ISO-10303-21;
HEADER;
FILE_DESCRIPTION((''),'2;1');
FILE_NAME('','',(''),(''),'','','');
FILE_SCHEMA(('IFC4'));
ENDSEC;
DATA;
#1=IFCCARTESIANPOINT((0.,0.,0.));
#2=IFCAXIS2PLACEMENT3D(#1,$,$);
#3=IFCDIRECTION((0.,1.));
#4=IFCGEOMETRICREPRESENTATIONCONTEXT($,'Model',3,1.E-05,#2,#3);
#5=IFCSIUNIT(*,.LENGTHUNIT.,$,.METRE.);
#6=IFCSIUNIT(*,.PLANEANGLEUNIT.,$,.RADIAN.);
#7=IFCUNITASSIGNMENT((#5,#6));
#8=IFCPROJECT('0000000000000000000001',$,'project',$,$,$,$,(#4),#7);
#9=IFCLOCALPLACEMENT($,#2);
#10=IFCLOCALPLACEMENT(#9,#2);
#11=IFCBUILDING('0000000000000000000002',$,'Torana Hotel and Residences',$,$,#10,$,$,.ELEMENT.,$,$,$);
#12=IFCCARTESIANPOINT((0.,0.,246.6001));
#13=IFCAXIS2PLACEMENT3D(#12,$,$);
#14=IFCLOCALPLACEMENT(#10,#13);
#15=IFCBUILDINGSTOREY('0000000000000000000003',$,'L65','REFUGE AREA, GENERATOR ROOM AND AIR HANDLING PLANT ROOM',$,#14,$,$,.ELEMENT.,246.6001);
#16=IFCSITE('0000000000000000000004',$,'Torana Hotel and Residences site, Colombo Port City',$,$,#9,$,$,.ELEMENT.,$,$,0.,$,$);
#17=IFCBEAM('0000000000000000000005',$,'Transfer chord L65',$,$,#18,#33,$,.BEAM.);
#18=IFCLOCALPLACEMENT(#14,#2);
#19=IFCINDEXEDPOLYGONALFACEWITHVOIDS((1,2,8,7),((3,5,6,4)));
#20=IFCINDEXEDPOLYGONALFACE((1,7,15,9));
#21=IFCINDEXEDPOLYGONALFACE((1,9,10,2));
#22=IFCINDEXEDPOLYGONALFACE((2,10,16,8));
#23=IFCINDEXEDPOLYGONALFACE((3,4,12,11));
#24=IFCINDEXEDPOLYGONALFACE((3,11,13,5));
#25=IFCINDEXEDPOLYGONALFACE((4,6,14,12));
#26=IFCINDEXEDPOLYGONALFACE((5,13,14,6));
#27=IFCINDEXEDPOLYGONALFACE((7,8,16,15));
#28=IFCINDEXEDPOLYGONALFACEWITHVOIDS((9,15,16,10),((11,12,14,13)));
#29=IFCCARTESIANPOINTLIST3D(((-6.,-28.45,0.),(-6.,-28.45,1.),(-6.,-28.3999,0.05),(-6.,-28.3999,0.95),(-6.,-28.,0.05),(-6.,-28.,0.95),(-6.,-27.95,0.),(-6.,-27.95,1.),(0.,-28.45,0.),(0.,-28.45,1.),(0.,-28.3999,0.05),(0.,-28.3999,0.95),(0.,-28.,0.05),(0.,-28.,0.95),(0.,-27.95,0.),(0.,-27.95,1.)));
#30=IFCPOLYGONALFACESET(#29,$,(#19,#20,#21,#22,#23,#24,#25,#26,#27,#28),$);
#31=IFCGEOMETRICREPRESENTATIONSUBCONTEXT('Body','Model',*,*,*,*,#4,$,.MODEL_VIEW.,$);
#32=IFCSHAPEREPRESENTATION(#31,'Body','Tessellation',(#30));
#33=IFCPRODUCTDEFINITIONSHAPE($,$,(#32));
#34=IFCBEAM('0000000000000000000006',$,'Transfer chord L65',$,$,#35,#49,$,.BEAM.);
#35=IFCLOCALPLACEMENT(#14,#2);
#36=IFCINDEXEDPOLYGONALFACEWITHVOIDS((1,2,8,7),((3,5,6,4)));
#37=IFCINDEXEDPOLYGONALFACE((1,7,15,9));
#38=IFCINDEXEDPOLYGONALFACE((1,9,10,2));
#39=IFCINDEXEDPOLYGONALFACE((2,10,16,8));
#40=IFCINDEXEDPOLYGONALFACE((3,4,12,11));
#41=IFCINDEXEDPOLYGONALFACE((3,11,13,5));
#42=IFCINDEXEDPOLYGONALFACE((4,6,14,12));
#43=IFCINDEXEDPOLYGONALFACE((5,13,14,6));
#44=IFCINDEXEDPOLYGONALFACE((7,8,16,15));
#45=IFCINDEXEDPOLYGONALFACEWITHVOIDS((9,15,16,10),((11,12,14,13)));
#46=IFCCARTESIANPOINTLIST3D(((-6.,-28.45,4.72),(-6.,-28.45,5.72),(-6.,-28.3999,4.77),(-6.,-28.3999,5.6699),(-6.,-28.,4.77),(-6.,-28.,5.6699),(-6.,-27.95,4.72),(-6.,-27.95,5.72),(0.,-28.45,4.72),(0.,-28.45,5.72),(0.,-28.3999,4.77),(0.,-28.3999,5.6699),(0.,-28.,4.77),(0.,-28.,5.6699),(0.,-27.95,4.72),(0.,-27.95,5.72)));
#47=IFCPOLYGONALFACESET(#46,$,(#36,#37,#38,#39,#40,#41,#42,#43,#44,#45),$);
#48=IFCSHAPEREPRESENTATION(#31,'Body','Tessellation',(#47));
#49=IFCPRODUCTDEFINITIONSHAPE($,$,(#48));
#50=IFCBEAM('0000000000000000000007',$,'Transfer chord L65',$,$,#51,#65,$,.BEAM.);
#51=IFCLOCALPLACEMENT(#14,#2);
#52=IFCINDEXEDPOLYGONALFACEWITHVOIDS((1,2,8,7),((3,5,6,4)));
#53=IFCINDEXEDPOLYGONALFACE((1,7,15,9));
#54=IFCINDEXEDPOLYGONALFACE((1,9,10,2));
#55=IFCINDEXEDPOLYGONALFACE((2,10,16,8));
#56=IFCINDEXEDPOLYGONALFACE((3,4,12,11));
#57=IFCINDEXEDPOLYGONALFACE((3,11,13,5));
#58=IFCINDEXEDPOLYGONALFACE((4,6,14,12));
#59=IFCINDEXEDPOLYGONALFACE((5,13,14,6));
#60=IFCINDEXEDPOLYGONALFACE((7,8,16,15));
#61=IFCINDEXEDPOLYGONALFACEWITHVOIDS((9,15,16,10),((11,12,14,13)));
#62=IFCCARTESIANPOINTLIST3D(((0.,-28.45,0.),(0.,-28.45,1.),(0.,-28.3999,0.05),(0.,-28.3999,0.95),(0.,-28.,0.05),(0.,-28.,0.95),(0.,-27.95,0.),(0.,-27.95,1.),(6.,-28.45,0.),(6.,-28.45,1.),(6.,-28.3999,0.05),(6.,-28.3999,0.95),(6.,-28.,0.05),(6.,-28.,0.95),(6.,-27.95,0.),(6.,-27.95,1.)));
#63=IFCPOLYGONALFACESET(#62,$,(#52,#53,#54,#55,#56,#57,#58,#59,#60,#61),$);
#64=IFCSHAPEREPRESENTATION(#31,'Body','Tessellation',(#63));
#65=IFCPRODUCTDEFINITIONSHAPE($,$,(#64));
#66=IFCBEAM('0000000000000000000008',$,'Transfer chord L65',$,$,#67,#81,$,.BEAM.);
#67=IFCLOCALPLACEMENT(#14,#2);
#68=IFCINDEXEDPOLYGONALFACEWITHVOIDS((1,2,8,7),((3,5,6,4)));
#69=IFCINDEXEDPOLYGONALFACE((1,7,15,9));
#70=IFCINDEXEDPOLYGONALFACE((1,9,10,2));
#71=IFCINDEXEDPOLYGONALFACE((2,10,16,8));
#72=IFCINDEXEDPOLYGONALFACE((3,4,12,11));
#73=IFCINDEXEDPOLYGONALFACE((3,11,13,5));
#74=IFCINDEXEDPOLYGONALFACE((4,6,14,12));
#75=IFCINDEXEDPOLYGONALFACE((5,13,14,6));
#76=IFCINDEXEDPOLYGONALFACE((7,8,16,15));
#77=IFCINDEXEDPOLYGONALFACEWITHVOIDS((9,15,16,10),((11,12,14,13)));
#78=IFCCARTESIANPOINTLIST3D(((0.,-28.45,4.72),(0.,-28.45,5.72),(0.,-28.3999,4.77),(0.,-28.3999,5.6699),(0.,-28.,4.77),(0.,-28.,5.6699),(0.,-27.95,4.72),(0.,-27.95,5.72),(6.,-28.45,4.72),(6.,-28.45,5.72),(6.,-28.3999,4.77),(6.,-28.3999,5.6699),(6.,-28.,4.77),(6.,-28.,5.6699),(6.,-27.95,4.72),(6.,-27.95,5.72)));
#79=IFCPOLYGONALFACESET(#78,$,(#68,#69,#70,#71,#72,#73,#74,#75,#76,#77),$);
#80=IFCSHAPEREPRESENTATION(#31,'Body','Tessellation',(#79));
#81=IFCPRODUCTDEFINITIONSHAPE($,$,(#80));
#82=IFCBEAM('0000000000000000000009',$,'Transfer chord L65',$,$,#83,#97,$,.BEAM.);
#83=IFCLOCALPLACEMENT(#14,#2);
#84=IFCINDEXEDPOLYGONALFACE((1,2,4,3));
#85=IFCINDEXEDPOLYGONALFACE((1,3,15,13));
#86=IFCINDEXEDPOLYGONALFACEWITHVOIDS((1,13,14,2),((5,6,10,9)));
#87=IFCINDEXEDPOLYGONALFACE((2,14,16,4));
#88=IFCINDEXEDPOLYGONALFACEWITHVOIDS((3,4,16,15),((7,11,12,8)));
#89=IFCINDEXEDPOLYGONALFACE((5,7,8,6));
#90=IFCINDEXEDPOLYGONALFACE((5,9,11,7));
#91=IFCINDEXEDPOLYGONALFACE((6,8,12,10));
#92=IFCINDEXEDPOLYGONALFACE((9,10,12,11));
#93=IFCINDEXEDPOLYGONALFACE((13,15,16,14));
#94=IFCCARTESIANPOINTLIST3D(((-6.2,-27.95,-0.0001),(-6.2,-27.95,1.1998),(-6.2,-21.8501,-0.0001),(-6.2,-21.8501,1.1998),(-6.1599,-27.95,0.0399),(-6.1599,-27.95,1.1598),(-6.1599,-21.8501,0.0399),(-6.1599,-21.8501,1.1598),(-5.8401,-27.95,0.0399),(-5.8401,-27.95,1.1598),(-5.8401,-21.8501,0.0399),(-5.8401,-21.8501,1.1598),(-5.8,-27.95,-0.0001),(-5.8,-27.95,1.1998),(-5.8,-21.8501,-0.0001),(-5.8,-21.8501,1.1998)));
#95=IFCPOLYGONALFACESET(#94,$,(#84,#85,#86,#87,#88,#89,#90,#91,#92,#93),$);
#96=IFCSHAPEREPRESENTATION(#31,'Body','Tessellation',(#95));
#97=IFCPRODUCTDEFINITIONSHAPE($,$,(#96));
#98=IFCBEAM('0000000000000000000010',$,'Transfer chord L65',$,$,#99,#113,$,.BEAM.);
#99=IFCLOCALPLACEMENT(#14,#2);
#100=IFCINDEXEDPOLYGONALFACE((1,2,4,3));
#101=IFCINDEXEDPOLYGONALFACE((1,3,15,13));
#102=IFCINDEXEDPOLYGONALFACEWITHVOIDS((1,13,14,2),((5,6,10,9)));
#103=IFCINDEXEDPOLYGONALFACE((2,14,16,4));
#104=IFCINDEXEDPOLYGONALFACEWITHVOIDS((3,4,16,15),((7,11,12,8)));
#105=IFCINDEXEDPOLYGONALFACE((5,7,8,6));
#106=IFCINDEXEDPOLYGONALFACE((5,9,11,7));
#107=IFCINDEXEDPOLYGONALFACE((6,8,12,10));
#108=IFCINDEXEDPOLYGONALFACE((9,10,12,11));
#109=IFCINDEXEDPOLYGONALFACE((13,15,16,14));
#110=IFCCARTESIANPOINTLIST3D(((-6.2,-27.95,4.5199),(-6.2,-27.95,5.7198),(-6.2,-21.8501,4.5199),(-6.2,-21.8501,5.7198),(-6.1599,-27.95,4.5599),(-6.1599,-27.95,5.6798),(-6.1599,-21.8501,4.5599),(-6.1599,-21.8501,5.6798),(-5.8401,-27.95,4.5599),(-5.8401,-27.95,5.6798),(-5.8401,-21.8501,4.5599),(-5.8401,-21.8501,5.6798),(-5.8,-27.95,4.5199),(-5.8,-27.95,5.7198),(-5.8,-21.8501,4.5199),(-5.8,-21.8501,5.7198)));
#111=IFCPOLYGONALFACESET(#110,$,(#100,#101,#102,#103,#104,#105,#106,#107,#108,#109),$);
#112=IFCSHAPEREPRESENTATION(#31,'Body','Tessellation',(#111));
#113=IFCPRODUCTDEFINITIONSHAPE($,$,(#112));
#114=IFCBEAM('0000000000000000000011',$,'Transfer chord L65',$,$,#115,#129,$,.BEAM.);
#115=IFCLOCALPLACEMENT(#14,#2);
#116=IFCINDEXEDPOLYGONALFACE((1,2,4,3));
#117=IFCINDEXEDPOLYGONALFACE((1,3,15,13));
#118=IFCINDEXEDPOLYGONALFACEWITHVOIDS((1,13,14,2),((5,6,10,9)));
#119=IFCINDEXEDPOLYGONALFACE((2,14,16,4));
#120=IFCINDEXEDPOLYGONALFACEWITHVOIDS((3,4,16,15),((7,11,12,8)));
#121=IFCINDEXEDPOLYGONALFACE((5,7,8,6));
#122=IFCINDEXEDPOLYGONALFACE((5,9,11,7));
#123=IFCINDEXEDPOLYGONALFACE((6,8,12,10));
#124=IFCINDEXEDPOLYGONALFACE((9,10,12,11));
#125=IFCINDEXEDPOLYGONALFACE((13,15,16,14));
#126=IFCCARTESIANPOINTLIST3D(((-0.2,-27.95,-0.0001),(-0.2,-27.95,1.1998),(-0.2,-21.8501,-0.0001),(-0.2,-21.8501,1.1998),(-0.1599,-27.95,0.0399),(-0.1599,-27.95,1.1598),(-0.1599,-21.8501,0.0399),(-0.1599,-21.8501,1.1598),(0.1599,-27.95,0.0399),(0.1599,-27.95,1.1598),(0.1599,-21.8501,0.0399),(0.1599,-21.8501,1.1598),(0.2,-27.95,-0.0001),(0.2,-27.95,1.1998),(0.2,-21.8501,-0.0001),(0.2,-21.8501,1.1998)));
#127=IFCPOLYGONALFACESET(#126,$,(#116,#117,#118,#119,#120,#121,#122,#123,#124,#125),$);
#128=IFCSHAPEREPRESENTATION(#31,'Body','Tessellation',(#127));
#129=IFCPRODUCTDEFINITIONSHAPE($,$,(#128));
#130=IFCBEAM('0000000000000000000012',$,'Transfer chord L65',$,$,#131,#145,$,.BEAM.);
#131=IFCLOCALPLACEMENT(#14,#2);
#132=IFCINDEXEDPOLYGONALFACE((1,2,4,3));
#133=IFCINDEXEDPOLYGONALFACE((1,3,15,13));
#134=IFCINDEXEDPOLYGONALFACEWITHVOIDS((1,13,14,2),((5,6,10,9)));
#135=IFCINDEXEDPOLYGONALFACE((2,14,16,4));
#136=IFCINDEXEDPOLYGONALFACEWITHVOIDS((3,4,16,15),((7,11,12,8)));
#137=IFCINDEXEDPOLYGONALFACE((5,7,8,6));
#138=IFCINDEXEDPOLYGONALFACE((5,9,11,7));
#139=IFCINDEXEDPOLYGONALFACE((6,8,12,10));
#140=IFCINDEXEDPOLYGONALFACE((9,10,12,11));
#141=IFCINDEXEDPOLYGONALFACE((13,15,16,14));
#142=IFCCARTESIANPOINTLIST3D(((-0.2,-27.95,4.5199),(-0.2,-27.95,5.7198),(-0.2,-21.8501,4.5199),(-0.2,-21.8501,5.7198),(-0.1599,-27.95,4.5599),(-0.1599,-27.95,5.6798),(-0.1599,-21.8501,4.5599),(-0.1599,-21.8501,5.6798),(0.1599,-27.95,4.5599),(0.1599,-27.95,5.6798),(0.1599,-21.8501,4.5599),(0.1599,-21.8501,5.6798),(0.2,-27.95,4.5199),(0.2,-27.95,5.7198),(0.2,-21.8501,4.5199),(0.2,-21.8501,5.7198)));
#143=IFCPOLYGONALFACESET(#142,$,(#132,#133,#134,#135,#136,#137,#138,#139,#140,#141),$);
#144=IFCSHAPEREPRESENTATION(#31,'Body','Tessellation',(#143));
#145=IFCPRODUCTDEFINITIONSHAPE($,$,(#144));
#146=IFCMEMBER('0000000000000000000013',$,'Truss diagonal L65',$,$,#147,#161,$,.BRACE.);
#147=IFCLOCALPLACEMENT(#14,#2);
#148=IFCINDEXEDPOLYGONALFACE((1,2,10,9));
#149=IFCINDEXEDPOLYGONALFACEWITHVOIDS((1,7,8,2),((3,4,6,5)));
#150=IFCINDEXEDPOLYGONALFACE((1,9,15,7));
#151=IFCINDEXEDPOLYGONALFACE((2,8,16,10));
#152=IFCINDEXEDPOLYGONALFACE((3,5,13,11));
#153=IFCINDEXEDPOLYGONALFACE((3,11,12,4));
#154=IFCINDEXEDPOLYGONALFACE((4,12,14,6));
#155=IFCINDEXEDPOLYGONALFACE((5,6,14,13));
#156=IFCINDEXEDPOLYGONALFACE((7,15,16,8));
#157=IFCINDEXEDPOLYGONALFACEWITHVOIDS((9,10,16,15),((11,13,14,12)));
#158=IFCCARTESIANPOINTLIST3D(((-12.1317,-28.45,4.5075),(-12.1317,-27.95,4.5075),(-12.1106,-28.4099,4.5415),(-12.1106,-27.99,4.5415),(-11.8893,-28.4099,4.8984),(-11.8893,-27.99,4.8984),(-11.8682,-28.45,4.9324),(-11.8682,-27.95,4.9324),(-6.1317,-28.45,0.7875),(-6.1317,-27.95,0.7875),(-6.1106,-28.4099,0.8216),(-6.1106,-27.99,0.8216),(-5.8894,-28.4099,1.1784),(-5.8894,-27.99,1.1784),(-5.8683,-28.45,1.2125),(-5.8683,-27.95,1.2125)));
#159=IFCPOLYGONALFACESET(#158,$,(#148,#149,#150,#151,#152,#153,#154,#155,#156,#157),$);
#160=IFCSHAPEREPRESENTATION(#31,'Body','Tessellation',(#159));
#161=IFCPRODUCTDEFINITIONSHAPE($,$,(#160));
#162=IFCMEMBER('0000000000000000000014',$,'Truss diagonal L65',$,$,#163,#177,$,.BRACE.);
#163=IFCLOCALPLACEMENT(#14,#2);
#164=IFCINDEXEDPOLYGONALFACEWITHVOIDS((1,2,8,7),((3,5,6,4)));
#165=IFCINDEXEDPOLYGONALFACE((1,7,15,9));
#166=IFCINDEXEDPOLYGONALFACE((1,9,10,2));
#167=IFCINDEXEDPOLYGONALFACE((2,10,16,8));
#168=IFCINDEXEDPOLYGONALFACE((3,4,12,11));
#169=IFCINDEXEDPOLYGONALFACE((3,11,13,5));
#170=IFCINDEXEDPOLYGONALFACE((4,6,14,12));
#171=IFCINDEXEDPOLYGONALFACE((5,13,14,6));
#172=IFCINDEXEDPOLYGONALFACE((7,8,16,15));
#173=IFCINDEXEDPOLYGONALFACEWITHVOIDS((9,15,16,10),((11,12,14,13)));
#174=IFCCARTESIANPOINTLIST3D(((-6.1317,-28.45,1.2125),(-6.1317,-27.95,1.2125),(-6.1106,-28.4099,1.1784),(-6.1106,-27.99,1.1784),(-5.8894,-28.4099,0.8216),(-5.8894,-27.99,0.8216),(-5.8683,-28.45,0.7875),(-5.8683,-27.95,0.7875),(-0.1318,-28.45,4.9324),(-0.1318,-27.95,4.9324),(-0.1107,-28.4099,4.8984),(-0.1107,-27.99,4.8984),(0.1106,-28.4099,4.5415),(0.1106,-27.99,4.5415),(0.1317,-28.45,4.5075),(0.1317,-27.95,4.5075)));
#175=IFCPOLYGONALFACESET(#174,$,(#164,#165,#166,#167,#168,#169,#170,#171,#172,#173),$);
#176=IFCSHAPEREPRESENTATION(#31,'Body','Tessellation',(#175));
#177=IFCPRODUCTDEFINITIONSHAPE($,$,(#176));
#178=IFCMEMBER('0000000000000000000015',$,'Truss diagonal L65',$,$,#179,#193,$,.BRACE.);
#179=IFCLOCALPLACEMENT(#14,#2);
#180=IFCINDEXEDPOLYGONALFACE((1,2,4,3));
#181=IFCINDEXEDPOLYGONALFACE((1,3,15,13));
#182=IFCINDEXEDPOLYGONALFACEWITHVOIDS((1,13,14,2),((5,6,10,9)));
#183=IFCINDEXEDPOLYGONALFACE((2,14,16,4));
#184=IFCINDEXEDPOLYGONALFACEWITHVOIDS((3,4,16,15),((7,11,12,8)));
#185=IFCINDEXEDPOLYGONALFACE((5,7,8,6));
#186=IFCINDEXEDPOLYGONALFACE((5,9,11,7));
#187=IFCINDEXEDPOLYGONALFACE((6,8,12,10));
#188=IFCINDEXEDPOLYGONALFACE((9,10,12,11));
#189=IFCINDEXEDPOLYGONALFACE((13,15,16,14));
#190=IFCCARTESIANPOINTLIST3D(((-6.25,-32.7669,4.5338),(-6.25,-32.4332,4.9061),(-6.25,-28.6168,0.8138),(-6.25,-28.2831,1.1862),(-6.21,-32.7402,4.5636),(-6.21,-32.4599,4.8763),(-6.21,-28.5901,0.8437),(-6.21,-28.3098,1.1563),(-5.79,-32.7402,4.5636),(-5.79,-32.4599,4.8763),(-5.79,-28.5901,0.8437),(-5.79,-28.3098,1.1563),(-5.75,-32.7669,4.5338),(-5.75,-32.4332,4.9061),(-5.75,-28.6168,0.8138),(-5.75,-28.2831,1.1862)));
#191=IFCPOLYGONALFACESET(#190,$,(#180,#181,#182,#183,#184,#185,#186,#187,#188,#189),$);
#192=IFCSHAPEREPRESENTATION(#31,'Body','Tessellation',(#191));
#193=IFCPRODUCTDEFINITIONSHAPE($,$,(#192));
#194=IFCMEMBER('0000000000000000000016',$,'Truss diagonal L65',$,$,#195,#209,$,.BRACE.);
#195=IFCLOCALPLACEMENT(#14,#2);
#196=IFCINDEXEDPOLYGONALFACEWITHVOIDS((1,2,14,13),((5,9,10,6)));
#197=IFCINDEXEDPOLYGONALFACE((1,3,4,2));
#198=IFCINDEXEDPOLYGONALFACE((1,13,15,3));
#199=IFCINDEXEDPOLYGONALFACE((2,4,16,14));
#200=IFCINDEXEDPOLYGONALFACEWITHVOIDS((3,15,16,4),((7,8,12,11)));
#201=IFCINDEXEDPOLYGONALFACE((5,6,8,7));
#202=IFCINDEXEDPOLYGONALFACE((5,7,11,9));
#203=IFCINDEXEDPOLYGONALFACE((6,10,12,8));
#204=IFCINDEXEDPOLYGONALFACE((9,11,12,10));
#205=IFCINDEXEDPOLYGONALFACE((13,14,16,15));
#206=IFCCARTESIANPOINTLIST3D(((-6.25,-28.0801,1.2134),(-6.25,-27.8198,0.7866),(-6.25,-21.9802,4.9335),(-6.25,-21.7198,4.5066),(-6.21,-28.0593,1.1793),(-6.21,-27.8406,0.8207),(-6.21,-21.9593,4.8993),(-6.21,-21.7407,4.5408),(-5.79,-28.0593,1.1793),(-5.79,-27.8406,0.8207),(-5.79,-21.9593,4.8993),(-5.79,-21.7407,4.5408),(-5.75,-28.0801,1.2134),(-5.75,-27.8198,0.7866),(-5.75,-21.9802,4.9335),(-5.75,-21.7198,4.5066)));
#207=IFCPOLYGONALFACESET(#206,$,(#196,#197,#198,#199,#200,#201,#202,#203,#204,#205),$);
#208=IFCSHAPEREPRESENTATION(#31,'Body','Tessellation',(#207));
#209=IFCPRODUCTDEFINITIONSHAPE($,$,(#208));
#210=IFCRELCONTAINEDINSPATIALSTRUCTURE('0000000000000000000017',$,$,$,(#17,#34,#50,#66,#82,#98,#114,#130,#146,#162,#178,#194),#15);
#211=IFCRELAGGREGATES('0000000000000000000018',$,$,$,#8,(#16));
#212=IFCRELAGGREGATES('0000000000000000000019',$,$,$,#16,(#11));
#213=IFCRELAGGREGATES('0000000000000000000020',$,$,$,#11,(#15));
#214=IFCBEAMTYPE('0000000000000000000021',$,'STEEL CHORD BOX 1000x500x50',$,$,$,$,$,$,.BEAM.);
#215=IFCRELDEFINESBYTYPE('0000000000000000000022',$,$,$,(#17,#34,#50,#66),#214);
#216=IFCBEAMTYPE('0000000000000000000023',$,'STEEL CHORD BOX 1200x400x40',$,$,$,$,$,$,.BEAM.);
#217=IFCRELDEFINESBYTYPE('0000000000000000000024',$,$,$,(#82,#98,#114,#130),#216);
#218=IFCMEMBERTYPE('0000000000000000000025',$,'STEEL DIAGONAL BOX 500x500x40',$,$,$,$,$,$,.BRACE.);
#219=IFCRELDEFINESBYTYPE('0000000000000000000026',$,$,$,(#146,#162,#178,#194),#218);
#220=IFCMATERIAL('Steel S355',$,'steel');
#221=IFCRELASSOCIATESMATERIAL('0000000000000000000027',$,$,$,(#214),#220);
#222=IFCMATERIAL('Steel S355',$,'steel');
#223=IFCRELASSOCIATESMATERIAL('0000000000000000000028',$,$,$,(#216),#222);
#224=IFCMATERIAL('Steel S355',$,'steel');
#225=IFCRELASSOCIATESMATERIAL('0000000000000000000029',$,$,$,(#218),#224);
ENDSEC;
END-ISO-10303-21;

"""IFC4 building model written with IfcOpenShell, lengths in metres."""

from ifc_helpers import new_model, si_unit, direction, frame, origin, origin_2d, place, context, subcontext, project, spatial, hollow_rectangle, extrude, material, material_profile, profile_set, type_object, element, save


model = new_model("IFC4")

# Units and contexts
model_context = context("Model", 3, precision=1e-05, world=origin(), true_north=direction((0.0, 1.0)))
body_context = subcontext(model_context, "Body", "Model", "MODEL_VIEW")
ifc_project = project(units=[si_unit("LENGTHUNIT", "METRE"), si_unit("PLANEANGLEUNIT", "RADIAN")], contexts=[model_context])

# Site, building, storey
site_placement = place(None, origin())
site = spatial("IfcSite", under=ifc_project, at=site_placement, Name="Torana Hotel and Residences site, Colombo Port City", CompositionType="ELEMENT", RefElevation=0.0)
building_placement = place(site_placement, origin())
building = spatial("IfcBuilding", under=site, at=building_placement, Name="Torana Hotel and Residences", CompositionType="ELEMENT")
storey_placement = place(building_placement, frame((0.0, 0.0, 246.6001)))
storey = spatial("IfcBuildingStorey", under=building, at=storey_placement, Name="L65", Description="REFUGE AREA, GENERATOR ROOM AND AIR HANDLING PLANT ROOM", CompositionType="ELEMENT", Elevation=246.6001)

# Beams
ifc_material_1 = material(Name="Steel S355", Category="steel")
ifc_material_profile_1 = material_profile(ifc_material_1, hollow_rectangle(XDim=0.5, YDim=1.0, WallThickness=0.05, at=origin_2d()), Name="BOX 1000x500x50")
ifc_profile_set_1 = profile_set([ifc_material_profile_1], Name="Steel S355")
beam_type_1 = type_object("IfcBeamType", Name="STEEL CHORD BOX 1000x500x50", PredefinedType="BEAM", material=ifc_profile_set_1)
for number, where, z_axis, x_axis, name in (
    (1, (-6.0, -28.2, 0.5), (1.0, 0.0, 0.0), (0.0, 1.0, 0.0), "Transfer chord L65"),
    (2, (-6.0, -28.2, 5.22), (1.0, 0.0, 0.0), (0.0, 1.0, 0.0), "Transfer chord L65"),
    (3, (0.0, -28.2, 0.5), (1.0, 0.0, 0.0), (0.0, 1.0, 0.0), "Transfer chord L65"),
    (4, (0.0, -28.2, 5.22), (1.0, 0.0, 0.0), (0.0, 1.0, 0.0), "Transfer chord L65"),
):
    element("IfcBeam", number, at=place(storey_placement, frame(where, z_axis=z_axis, x_axis=x_axis)), inside=storey, type_object=beam_type_1, Name=name, PredefinedType="BEAM", context=body_context, shape_type="SweptSolid", body=[
        extrude(hollow_rectangle(XDim=0.5, YDim=1.0, WallThickness=0.05, at=origin_2d()), origin(), (0.0, 0.0, 1.0), 6.0),
    ])
ifc_material_2 = material(Name="Steel S355", Category="steel")
ifc_material_profile_2 = material_profile(ifc_material_2, hollow_rectangle(XDim=0.3999, YDim=1.2, WallThickness=0.04, at=origin_2d()), Name="BOX 1200x400x40")
ifc_profile_set_2 = profile_set([ifc_material_profile_2], Name="Steel S355")
beam_type_2 = type_object("IfcBeamType", Name="STEEL CHORD BOX 1200x400x40", PredefinedType="BEAM", material=ifc_profile_set_2)
for number, where, z_axis, x_axis, name in (
    (5, (-6.0, -27.95, 0.5999), (0.0, 1.0, 0.0), (-1.0, 0.0, 0.0), "Transfer chord L65"),
    (6, (-6.0, -27.95, 5.1199), (0.0, 1.0, 0.0), (-1.0, 0.0, 0.0), "Transfer chord L65"),
    (7, (0.0, -27.95, 0.5999), (0.0, 1.0, 0.0), (-1.0, 0.0, 0.0), "Transfer chord L65"),
    (8, (0.0, -27.95, 5.1199), (0.0, 1.0, 0.0), (-1.0, 0.0, 0.0), "Transfer chord L65"),
):
    element("IfcBeam", number, at=place(storey_placement, frame(where, z_axis=z_axis, x_axis=x_axis)), inside=storey, type_object=beam_type_2, Name=name, PredefinedType="BEAM", context=body_context, shape_type="SweptSolid", body=[
        extrude(hollow_rectangle(XDim=0.3999, YDim=1.2, WallThickness=0.04, at=origin_2d()), origin(), (0.0, 0.0, 1.0), 6.0999),
    ])

# Members
ifc_material_3 = material(Name="Steel S355", Category="steel")
ifc_material_profile_3 = material_profile(ifc_material_3, hollow_rectangle(XDim=0.5, YDim=0.5, WallThickness=0.04, at=origin_2d()), Name="BOX 500x500x40")
ifc_profile_set_3 = profile_set([ifc_material_profile_3], Name="Steel S355")
member_type_1 = type_object("IfcMemberType", Name="STEEL DIAGONAL BOX 500x500x40", PredefinedType="BRACE", material=ifc_profile_set_3)
for number, where, z_axis, x_axis, name in (
    (9, (-6.0, -28.2, 1.0), (-0.849905, 0.0, 0.526937), (0.0, -1.0, 0.0), "Truss diagonal L65"),
    (10, (-6.0, -28.2, 1.0), (0.849905, 0.0, 0.526937), (0.0, 1.0, 0.0), "Truss diagonal L65"),
):
    element("IfcMember", number, at=place(storey_placement, frame(where, z_axis=z_axis, x_axis=x_axis)), inside=storey, type_object=member_type_1, Name=name, PredefinedType="BRACE", context=body_context, shape_type="SweptSolid", body=[
        extrude(hollow_rectangle(XDim=0.5, YDim=0.5, WallThickness=0.04, at=origin_2d()), origin(), (0.0, 0.0, 1.0), 7.0596),
    ])
member_placement = place(storey_placement, frame((-6.0, -28.45, 1.0), z_axis=(0.0, -0.744645, 0.66746), x_axis=(1.0, 0.0, 0.0)))
element("IfcMember", 11, at=member_placement, inside=storey, type_object=member_type_1, Name="Truss diagonal L65", PredefinedType="BRACE", context=body_context, shape_type="SweptSolid", body=[
    extrude(hollow_rectangle(XDim=0.5, YDim=0.5, WallThickness=0.04, at=origin_2d()), origin(), (0.0, 0.0, 1.0), 5.5732),
])
for number, where, z_axis, x_axis, name in (
    (12, (-6.0, -27.95, 1.0), (0.0, 0.853762, 0.520663), (-1.0, 0.0, 0.0), "Truss diagonal L65"),
):
    element("IfcMember", number, at=place(storey_placement, frame(where, z_axis=z_axis, x_axis=x_axis)), inside=storey, type_object=member_type_1, Name=name, PredefinedType="BRACE", context=body_context, shape_type="SweptSolid", body=[
        extrude(hollow_rectangle(XDim=0.5, YDim=0.5, WallThickness=0.04, at=origin_2d()), origin(), (0.0, 0.0, 1.0), 7.1448),
    ])

save(model, "model.ifc")
